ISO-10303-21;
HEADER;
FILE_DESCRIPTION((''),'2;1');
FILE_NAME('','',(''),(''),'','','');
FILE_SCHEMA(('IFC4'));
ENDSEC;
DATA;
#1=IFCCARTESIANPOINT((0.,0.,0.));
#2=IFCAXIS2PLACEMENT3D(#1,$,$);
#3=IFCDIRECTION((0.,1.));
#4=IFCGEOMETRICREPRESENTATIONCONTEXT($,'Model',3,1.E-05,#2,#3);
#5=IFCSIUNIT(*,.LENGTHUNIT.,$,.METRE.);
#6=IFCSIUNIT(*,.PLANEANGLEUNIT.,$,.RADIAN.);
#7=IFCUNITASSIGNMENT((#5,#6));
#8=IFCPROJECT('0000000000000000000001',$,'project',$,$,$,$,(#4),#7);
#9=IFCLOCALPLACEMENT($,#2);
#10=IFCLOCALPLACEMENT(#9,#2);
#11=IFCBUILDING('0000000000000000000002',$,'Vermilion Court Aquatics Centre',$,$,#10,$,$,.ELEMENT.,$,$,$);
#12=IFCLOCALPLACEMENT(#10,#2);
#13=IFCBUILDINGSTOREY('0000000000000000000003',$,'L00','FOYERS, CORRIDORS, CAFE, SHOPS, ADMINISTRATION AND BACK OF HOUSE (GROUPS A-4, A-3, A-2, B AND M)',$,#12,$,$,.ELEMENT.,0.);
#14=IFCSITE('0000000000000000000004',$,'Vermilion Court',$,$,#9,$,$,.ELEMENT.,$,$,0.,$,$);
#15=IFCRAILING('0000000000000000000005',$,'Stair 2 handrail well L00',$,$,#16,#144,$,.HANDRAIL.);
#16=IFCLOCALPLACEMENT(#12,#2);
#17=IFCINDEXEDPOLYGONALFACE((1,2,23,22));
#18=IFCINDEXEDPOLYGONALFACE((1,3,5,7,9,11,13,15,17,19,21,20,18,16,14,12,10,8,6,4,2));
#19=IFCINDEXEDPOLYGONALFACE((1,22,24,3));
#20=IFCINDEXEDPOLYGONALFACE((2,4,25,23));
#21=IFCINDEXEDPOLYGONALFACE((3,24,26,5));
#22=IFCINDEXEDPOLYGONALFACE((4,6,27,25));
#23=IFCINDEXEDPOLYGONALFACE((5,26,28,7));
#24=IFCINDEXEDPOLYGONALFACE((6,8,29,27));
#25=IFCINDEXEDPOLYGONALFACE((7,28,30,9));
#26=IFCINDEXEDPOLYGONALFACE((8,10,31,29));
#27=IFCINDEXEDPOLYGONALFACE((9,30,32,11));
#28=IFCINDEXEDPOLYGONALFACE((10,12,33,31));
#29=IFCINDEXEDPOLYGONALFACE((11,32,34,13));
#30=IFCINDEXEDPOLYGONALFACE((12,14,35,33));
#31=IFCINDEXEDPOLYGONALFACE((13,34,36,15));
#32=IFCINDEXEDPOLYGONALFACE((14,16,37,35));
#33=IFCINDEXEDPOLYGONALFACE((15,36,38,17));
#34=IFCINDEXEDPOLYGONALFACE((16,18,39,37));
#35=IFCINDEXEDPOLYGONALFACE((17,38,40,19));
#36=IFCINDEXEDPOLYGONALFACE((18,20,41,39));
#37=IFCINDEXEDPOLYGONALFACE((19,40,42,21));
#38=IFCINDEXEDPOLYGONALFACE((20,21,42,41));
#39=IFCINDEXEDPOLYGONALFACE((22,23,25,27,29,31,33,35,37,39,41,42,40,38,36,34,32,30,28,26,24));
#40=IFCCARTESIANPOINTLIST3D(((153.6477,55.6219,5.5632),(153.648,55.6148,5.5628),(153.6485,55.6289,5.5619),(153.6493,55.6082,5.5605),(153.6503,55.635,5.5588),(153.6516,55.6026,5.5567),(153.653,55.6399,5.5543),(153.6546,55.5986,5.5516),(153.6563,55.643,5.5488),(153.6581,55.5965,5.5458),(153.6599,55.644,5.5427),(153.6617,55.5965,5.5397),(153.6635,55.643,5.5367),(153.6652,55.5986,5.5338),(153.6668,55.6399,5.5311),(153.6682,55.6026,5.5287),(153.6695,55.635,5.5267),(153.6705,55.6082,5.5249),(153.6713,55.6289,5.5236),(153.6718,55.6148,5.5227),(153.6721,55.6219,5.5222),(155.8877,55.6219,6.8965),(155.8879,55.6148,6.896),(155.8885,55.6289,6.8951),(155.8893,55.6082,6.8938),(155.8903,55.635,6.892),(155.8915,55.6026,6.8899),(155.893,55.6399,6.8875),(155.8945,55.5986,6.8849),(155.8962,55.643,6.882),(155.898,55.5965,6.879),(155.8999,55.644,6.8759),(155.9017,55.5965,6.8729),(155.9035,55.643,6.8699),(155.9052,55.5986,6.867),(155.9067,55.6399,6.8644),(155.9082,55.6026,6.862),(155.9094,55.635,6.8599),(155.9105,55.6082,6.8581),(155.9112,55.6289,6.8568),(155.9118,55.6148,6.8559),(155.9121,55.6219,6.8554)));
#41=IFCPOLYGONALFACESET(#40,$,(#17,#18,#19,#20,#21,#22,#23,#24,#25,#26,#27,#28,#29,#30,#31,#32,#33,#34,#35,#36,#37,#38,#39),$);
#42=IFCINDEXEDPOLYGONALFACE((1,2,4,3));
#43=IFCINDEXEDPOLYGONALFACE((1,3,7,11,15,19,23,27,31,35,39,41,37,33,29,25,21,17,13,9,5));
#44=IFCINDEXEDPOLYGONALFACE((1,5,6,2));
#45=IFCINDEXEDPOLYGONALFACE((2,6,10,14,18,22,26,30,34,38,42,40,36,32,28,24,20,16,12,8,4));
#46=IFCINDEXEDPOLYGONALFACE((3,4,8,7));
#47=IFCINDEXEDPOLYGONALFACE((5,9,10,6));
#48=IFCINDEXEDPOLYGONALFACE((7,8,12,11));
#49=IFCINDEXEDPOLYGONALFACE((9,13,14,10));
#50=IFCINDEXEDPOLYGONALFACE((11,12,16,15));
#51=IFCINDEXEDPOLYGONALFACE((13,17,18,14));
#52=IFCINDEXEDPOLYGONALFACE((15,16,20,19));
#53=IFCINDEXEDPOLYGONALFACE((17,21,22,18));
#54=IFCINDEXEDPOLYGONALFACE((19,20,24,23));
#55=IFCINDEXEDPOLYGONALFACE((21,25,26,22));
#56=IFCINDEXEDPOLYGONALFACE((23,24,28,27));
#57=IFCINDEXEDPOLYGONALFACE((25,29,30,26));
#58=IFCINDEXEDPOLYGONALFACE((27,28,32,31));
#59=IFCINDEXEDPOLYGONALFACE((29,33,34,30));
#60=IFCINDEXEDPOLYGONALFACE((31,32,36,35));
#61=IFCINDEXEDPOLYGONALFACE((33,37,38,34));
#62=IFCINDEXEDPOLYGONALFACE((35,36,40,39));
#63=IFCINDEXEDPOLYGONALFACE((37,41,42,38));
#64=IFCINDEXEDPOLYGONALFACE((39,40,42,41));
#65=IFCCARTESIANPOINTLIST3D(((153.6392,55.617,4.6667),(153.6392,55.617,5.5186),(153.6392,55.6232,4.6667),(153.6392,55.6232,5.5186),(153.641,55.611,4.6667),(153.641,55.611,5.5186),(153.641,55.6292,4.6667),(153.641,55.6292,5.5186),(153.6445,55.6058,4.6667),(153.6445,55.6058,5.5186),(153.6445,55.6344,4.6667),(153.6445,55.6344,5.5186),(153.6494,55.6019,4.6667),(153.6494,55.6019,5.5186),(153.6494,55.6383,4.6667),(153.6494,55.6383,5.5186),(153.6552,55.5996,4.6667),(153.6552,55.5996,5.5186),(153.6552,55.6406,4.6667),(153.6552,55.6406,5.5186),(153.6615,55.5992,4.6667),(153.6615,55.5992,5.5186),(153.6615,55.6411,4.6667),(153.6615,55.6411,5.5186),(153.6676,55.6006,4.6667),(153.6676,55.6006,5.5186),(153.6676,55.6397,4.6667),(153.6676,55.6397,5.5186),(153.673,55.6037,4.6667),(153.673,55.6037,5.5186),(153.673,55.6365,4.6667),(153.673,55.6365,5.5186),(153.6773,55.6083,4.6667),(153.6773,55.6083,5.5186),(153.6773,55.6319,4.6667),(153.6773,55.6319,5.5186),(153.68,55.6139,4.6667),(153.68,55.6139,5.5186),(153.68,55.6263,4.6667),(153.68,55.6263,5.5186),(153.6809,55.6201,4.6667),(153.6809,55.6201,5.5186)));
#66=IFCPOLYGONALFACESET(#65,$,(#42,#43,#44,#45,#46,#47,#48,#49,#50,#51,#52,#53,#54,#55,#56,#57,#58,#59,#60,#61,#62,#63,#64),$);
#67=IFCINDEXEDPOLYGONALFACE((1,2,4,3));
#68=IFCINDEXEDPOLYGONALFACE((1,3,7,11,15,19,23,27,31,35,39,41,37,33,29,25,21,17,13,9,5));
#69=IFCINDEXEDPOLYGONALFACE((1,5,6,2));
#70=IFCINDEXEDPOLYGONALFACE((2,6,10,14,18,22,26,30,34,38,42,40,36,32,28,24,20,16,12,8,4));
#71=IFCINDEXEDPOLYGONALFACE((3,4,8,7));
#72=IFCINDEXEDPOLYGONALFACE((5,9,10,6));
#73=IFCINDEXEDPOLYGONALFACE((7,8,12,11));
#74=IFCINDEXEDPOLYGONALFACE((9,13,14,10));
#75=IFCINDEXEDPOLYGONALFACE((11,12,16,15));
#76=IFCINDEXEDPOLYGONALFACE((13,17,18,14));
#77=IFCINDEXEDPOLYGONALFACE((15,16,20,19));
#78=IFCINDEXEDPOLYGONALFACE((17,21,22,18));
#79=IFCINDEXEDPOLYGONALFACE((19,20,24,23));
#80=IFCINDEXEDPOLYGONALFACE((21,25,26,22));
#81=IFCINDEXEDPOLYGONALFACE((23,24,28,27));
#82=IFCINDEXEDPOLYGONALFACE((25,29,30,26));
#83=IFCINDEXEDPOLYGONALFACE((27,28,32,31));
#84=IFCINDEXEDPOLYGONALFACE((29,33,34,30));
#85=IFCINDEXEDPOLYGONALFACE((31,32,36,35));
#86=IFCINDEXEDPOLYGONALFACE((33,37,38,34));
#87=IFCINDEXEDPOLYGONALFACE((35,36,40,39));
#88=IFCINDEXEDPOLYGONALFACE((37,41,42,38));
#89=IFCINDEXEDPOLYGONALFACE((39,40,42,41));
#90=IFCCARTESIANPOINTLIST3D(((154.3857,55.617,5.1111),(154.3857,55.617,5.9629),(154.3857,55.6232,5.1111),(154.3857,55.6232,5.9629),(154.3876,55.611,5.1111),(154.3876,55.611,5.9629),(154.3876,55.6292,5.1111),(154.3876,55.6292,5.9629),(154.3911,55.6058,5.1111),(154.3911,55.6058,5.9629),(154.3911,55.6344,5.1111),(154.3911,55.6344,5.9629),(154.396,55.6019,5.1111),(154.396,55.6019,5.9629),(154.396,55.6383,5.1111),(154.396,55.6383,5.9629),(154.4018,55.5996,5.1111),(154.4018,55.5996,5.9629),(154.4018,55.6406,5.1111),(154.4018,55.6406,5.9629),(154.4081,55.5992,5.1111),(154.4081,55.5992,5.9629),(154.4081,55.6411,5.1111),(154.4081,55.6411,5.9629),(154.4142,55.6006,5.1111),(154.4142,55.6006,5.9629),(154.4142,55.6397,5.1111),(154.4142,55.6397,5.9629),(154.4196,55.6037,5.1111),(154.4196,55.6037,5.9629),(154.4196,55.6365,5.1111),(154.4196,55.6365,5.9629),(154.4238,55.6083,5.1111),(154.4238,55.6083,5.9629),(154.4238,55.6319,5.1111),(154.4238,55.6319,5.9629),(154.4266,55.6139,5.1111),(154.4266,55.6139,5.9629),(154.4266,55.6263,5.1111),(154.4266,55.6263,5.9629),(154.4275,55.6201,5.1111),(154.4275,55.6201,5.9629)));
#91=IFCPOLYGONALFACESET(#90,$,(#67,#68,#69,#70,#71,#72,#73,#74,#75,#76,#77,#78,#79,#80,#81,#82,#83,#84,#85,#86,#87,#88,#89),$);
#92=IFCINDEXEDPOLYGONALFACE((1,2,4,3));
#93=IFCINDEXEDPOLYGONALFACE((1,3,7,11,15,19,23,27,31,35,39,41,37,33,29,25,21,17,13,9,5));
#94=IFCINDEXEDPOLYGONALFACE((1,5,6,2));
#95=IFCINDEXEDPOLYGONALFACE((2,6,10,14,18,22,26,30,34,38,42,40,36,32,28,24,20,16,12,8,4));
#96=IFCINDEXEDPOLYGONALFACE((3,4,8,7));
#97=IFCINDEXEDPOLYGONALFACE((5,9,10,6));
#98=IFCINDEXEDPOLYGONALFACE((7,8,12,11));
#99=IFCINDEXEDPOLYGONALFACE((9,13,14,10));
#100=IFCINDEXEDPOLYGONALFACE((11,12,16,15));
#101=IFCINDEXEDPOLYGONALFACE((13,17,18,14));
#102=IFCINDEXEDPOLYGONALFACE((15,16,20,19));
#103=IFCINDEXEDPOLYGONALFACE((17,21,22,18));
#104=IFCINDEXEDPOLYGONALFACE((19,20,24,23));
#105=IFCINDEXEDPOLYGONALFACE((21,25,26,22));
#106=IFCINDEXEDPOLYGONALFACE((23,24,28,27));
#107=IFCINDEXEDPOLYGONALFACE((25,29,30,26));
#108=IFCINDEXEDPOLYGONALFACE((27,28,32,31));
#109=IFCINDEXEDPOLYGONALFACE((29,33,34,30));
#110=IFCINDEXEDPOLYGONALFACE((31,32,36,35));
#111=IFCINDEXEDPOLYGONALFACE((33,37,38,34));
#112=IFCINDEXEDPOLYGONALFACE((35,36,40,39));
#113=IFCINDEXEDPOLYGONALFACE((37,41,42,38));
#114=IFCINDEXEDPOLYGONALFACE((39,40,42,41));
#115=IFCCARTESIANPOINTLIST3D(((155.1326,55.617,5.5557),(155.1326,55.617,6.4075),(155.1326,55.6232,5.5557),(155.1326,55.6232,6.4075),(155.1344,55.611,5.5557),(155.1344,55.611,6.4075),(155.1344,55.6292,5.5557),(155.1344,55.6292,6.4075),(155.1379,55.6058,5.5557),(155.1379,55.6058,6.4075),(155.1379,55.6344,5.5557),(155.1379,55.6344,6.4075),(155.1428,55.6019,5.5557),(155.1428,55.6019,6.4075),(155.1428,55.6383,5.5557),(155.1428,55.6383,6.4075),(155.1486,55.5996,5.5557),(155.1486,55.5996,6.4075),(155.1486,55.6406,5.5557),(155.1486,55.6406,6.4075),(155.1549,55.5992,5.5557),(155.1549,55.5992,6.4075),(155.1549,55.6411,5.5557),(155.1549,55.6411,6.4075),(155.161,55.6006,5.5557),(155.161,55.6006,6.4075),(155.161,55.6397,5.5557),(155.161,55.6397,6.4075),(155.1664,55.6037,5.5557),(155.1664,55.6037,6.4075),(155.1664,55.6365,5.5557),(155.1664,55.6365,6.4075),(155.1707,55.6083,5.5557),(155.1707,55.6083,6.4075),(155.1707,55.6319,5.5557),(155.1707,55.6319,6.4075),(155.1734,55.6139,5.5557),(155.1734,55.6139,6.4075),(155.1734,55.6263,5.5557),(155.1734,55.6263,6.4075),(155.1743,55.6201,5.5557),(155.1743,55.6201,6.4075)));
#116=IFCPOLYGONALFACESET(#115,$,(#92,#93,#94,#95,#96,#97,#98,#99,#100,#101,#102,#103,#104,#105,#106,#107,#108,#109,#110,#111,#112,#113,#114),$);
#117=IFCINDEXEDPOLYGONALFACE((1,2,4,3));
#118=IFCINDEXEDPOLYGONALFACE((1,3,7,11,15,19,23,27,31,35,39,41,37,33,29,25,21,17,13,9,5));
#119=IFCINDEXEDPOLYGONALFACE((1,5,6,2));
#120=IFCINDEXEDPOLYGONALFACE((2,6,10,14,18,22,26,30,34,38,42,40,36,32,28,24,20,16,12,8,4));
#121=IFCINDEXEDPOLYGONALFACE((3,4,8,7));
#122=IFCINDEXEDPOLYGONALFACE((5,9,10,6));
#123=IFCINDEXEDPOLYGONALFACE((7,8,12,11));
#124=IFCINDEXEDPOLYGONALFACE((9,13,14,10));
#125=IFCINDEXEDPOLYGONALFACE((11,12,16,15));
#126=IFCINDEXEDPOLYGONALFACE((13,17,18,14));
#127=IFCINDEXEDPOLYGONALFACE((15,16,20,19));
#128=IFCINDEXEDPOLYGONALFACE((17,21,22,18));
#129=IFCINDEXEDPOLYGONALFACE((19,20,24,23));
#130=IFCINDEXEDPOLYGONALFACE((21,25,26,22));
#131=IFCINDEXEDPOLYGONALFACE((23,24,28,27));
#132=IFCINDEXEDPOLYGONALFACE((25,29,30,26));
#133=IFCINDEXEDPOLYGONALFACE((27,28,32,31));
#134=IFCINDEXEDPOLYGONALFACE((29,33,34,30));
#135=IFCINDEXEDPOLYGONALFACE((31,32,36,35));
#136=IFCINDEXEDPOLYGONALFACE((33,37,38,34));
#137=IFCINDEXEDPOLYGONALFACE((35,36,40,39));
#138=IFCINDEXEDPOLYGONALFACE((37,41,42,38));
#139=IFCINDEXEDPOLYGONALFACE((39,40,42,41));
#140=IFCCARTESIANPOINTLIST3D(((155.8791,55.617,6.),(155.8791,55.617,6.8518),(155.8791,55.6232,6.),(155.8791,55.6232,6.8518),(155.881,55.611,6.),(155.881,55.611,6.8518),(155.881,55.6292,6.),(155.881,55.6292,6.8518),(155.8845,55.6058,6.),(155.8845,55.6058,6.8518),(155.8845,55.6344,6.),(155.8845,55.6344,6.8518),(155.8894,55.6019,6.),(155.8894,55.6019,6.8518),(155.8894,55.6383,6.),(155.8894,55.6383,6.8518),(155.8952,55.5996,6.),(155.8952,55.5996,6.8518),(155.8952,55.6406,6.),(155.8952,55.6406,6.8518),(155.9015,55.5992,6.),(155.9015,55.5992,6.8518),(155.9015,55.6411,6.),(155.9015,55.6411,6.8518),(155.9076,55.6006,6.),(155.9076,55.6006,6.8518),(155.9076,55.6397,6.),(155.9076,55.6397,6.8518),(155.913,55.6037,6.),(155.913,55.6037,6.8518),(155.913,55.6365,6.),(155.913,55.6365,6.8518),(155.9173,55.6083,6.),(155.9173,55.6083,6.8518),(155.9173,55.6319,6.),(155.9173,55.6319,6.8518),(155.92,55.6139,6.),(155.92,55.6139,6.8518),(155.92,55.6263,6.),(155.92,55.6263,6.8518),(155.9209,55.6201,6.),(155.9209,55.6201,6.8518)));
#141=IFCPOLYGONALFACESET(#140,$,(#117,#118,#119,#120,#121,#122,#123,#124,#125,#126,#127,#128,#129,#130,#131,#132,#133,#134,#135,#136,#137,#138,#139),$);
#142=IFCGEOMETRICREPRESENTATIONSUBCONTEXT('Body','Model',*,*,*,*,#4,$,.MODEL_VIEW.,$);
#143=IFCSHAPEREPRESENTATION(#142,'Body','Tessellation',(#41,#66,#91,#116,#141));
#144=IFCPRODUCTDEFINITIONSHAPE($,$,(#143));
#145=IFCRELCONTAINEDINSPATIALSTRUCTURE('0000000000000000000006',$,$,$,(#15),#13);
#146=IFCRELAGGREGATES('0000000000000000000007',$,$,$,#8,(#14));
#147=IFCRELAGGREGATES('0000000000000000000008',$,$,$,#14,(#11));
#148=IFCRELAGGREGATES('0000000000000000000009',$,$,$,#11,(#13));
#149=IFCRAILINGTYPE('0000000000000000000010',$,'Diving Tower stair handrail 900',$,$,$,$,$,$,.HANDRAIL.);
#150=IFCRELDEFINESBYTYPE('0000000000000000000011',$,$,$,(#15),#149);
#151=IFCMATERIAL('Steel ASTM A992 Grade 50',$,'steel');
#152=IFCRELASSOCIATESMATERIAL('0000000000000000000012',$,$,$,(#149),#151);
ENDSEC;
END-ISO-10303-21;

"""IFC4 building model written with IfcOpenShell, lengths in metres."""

from ifc_helpers import new_model, si_unit, direction, frame, origin, origin_2d, place, context, subcontext, project, spatial, circle, extrude, material, type_object, element, save


model = new_model("IFC4")

# Units and contexts
model_context = context("Model", 3, precision=1e-05, world=origin(), true_north=direction((0.0, 1.0)))
body_context = subcontext(model_context, "Body", "Model", "MODEL_VIEW")
ifc_project = project(units=[si_unit("LENGTHUNIT", "METRE"), si_unit("PLANEANGLEUNIT", "RADIAN")], contexts=[model_context])

# Site, building, storey
site_placement = place(None, origin())
site = spatial("IfcSite", under=ifc_project, at=site_placement, Name="Vermilion Court", CompositionType="ELEMENT", RefElevation=0.0)
building_placement = place(site_placement, origin())
building = spatial("IfcBuilding", under=site, at=building_placement, Name="Vermilion Court Aquatics Centre", CompositionType="ELEMENT")
storey_placement = place(building_placement, origin())
storey = spatial("IfcBuildingStorey", under=building, at=storey_placement, Name="L00", Description="FOYERS, CORRIDORS, CAFE, SHOPS, ADMINISTRATION AND BACK OF HOUSE (GROUPS A-4, A-3, A-2, B AND M)", CompositionType="ELEMENT", Elevation=0.0)

# Railing
ifc_material_1 = material(Name="Steel ASTM A992 Grade 50", Category="steel")
railing_type_1 = type_object("IfcRailingType", Name="Diving Tower stair handrail 900", PredefinedType="HANDRAIL", material=ifc_material_1)
for number, where, name in (
    (1, (153.6599, 55.6201, 4.6667), "Stair 2 handrail well L00"),
):
    element("IfcRailing", number, at=place(storey_placement, frame(where)), inside=storey, type_object=railing_type_1, Name=name, PredefinedType="HANDRAIL", context=body_context, shape_type="SweptSolid", body=[
        extrude(circle(Radius=0.0239, at=origin_2d()), frame((0.0, 0.0, 0.876), z_axis=(0.859306, 0.0, 0.511462), x_axis=(0.0, 1.0, 0.0)), (0.0, 0.0, 1.0), 2.6067),
        extrude(circle(Radius=0.021, at=origin_2d()), origin(), (0.0, 0.0, 1.0), 0.8518),
        extrude(circle(Radius=0.021, at=origin_2d()), frame((0.7466, 0.0, 0.4443)), (0.0, 0.0, 1.0), 0.8518),
        extrude(circle(Radius=0.021, at=origin_2d()), frame((1.4934, 0.0, 0.8889)), (0.0, 0.0, 1.0), 0.8518),
        extrude(circle(Radius=0.021, at=origin_2d()), frame((2.24, 0.0, 1.3333)), (0.0, 0.0, 1.0), 0.8518),
    ])

save(model, "model.ifc")
